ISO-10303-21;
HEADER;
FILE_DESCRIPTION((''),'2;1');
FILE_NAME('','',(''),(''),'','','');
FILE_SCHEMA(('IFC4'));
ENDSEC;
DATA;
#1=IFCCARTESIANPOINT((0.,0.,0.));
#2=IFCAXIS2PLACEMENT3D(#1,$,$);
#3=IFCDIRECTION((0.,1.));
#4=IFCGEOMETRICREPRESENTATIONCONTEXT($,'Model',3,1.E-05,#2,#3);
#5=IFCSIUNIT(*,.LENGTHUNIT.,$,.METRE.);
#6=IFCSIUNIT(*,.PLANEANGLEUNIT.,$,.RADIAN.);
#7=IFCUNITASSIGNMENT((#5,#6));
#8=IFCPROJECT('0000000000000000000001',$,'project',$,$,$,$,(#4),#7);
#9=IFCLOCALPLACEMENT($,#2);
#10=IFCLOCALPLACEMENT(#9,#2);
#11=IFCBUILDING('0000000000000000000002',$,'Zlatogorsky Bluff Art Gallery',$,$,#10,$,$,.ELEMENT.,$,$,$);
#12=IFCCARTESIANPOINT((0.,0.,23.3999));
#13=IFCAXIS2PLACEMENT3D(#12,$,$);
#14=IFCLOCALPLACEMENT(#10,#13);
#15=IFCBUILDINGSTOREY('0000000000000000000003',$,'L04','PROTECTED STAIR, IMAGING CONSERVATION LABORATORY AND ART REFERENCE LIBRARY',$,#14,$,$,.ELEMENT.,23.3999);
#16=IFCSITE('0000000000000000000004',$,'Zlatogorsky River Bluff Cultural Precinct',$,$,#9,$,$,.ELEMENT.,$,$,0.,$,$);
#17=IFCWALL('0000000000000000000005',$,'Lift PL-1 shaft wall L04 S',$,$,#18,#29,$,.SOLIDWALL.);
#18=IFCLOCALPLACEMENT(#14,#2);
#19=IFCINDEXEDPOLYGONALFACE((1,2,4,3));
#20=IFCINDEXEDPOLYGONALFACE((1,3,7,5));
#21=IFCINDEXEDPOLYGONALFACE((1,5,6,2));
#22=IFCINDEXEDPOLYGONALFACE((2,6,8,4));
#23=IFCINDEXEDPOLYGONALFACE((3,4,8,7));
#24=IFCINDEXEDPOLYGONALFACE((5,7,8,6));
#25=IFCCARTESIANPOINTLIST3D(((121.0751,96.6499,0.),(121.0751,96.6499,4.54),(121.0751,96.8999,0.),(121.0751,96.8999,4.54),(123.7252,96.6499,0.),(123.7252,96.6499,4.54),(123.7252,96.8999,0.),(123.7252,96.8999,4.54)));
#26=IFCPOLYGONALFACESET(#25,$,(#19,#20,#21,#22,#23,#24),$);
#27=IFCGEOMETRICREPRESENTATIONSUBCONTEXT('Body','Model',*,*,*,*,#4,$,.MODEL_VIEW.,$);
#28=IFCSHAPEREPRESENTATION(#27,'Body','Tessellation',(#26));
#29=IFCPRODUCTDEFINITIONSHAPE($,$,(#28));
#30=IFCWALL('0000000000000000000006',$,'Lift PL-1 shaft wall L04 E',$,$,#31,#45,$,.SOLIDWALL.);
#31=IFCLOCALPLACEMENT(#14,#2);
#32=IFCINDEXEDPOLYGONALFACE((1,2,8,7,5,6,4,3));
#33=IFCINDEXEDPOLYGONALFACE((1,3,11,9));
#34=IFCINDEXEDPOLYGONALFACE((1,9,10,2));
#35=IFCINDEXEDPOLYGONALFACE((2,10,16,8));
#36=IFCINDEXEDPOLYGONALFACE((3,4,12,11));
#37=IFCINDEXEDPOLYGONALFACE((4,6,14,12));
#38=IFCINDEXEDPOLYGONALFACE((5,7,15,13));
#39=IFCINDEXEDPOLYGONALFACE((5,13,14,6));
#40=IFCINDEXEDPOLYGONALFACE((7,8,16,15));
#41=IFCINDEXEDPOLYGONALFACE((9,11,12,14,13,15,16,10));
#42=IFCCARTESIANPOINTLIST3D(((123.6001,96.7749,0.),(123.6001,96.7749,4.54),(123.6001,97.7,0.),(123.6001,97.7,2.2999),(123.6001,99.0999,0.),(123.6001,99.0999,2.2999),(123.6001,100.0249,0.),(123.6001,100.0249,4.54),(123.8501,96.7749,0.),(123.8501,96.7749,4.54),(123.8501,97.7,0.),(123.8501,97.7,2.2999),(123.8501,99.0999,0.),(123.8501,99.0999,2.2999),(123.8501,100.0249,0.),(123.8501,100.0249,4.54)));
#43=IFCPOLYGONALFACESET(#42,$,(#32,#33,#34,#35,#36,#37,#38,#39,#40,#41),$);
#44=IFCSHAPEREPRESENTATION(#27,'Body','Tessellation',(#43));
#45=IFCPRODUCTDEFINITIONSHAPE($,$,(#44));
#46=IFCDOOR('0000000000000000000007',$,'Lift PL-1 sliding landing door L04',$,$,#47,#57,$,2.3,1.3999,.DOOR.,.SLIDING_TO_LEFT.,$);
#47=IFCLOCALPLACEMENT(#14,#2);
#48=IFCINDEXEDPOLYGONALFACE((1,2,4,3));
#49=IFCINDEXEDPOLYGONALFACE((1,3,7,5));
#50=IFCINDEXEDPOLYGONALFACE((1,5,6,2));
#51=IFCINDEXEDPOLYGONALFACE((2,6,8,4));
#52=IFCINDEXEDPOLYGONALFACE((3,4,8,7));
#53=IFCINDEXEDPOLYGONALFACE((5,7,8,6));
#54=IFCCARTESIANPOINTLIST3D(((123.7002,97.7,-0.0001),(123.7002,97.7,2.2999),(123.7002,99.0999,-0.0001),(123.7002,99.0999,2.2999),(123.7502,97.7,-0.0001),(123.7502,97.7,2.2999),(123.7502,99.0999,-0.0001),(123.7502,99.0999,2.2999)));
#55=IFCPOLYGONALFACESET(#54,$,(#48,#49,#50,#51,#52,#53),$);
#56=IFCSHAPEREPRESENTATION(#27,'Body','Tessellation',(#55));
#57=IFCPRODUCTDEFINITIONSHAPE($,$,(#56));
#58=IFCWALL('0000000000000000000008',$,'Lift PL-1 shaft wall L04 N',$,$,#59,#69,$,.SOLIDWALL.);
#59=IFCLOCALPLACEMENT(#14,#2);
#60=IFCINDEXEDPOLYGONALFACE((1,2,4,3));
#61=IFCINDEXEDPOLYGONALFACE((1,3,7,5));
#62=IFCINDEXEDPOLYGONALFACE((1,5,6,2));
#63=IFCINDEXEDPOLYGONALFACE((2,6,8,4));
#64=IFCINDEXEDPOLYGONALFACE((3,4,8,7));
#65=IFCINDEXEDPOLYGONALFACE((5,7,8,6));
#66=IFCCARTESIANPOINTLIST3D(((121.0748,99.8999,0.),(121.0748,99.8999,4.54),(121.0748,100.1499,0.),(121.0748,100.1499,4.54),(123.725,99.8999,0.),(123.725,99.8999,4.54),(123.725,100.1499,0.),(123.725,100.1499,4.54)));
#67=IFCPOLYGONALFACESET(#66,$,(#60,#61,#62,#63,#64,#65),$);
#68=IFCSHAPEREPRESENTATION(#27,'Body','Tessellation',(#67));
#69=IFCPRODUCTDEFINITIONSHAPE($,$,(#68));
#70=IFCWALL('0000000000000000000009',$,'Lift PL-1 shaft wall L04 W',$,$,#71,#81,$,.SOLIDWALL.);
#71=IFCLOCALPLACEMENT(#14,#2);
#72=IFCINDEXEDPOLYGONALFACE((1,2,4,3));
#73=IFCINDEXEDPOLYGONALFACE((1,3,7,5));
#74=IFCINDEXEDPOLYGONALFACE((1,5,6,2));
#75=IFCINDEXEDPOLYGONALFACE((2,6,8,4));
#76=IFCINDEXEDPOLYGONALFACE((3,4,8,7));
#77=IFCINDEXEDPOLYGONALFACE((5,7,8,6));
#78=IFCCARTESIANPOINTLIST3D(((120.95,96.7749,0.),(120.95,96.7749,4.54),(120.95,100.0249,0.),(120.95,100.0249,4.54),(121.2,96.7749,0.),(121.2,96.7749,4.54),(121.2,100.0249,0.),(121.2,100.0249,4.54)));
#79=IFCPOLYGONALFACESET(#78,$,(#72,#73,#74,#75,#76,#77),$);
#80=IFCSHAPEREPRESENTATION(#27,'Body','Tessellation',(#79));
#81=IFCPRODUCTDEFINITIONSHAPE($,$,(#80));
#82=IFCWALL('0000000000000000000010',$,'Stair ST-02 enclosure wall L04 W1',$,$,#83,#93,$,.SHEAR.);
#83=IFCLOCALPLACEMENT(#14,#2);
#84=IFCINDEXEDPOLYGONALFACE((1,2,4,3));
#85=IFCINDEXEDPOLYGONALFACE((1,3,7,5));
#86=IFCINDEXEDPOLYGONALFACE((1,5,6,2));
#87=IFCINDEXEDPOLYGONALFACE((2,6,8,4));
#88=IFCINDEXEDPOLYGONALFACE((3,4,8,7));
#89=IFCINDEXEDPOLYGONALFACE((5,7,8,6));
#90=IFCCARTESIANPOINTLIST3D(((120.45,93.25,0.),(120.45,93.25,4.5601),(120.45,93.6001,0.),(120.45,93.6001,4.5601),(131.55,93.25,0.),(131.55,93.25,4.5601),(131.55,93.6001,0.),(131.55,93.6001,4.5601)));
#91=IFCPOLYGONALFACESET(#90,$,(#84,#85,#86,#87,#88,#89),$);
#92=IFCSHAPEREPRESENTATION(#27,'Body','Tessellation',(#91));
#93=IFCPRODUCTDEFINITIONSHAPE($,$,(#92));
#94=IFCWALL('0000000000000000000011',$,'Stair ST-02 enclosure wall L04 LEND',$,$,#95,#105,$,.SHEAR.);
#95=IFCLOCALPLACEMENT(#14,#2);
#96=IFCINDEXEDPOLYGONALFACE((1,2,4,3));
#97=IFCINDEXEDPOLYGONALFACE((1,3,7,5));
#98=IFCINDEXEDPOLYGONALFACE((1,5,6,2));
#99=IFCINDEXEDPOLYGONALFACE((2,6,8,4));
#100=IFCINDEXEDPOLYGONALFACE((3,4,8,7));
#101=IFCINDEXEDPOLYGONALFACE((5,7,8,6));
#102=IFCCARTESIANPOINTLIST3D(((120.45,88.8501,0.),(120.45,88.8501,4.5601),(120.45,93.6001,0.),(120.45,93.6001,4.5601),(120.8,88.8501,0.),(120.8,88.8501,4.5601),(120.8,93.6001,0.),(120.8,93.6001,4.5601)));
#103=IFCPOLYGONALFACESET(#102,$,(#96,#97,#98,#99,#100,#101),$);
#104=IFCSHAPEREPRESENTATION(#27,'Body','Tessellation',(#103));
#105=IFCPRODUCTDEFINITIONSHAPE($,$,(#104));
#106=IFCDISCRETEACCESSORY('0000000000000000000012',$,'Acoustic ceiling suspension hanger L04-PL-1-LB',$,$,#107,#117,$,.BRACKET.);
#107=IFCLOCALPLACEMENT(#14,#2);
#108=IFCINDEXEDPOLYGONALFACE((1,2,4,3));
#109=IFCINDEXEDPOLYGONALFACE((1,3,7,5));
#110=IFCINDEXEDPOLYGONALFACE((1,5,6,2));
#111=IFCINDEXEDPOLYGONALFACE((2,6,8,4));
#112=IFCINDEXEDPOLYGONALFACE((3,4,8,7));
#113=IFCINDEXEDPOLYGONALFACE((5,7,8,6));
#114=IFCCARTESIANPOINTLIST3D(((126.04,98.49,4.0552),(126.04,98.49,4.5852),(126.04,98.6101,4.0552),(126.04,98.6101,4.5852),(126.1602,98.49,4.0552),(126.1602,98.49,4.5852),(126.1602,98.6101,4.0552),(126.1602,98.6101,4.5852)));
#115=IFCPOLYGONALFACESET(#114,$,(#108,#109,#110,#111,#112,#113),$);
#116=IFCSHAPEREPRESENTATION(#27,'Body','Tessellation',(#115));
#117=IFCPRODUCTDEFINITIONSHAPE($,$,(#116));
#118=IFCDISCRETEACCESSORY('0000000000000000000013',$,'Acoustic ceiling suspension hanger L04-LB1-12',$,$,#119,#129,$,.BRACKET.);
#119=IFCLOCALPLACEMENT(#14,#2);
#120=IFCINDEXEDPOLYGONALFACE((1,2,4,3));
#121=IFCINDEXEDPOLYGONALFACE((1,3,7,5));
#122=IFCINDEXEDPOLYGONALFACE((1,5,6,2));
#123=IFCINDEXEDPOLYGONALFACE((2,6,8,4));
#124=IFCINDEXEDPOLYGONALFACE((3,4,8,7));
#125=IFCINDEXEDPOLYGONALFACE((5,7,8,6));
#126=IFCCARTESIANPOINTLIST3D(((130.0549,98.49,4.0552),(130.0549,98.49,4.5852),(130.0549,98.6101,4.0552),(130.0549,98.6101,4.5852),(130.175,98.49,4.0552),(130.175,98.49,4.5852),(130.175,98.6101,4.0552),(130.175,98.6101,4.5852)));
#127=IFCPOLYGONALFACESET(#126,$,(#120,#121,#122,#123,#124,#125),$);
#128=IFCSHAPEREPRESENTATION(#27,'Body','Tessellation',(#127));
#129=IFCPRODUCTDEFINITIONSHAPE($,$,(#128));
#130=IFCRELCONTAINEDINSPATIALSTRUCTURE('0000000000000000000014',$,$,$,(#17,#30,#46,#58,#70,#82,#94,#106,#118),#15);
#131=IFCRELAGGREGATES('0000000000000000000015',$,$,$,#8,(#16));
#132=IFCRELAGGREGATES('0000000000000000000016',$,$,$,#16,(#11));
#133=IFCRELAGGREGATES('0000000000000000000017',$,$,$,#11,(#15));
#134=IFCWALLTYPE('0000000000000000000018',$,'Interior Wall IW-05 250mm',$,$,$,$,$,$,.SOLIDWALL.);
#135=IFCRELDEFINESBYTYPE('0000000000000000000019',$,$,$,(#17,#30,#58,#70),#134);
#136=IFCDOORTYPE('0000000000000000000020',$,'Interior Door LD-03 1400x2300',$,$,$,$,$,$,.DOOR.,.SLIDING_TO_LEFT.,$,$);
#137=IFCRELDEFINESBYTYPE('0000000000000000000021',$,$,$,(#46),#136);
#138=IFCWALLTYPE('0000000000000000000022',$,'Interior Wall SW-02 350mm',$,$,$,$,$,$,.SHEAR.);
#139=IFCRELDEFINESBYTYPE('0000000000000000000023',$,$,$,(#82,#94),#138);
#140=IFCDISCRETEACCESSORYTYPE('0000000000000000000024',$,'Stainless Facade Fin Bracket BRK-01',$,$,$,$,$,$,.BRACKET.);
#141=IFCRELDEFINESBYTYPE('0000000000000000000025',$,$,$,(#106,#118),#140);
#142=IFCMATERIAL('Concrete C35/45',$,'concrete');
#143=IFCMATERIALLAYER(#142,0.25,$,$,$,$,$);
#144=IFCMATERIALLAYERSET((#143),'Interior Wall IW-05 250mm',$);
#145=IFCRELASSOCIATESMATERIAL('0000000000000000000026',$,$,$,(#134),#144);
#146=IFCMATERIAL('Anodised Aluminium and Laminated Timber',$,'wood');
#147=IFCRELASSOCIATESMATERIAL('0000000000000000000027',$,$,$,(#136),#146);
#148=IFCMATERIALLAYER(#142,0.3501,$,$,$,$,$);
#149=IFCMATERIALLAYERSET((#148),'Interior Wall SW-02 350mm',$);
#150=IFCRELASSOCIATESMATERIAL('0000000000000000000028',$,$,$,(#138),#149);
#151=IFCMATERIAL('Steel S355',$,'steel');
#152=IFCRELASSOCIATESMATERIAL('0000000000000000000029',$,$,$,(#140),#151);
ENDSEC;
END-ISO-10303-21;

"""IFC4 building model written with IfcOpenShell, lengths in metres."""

from ifc_helpers import new_model, si_unit, direction, frame, frame_2d, origin, origin_2d, place, context, subcontext, project, spatial, rectangle, extrude, material, layer, layer_set, type_object, element, fill, save


model = new_model("IFC4")

# Units and contexts
model_context = context("Model", 3, precision=1e-05, world=origin(), true_north=direction((0.0, 1.0)))
body_context = subcontext(model_context, "Body", "Model", "MODEL_VIEW")
ifc_project = project(units=[si_unit("LENGTHUNIT", "METRE"), si_unit("PLANEANGLEUNIT", "RADIAN")], contexts=[model_context])

# Site, building, storey
site_placement = place(None, origin())
site = spatial("IfcSite", under=ifc_project, at=site_placement, Name="Zlatogorsky River Bluff Cultural Precinct", CompositionType="ELEMENT", RefElevation=0.0)
building_placement = place(site_placement, origin())
building = spatial("IfcBuilding", under=site, at=building_placement, Name="Zlatogorsky Bluff Art Gallery", CompositionType="ELEMENT")
storey_placement = place(building_placement, frame((0.0, 0.0, 23.3999)))
storey = spatial("IfcBuildingStorey", under=building, at=storey_placement, Name="L04", Description="PROTECTED STAIR, IMAGING CONSERVATION LABORATORY AND ART REFERENCE LIBRARY", CompositionType="ELEMENT", Elevation=23.3999)

# Shared definitions
ifc_material_1 = material(Name="Steel S355", Category="steel")

# Shared definitions
ifc_material_2 = material(Name="Anodised Aluminium and Laminated Timber", Category="wood")

# Wall
ifc_material_3 = material(Name="Concrete C35/45", Category="concrete")
ifc_layer_1 = layer(ifc_material_3, 0.25)
ifc_layer_set_1 = layer_set([ifc_layer_1], Name="Interior Wall IW-05 250mm")
wall_type_1 = type_object("IfcWallType", Name="Interior Wall IW-05 250mm", PredefinedType="SOLIDWALL", material=ifc_layer_set_1)
wall_1_placement = place(storey_placement, frame((121.075, 96.7749, 0.0), z_axis=(0.0, 0.0, 1.0), x_axis=(1.0, 0.0, 0.0)))
element("IfcWall", 1, at=wall_1_placement, inside=storey, type_object=wall_type_1, Name="Lift PL-1 shaft wall L04 S", PredefinedType="SOLIDWALL", context=body_context, shape_type="SweptSolid", body=[
    extrude(rectangle(XDim=2.6501, YDim=0.25, at=frame_2d((1.3252, 0.0))), origin(), (0.0, 0.0, 1.0), 4.54),
])

# Wall, opening, door
wall_2_placement = place(storey_placement, frame((123.7251, 96.7749, 0.0), z_axis=(0.0, 0.0, 1.0), x_axis=(0.0, 1.0, 0.0)))
wall_2 = element("IfcWall", 2, at=wall_2_placement, inside=storey, type_object=wall_type_1, Name="Lift PL-1 shaft wall L04 E", PredefinedType="SOLIDWALL", context=body_context, shape_type="SweptSolid", body=[
    extrude(rectangle(XDim=3.25, YDim=0.25, at=frame_2d((1.625, 0.0))), origin(), (0.0, 0.0, 1.0), 4.54),
])
opening_1_placement = place(wall_2_placement, frame((0.925, 0.0, 0.0)))
opening_1 = element("IfcOpeningElement", 3, at=opening_1_placement, cuts=wall_2, PredefinedType="OPENING", context=body_context, shape_type="SweptSolid", body=[
    extrude(rectangle(XDim=1.3999, YDim=2.3, at=frame_2d((0.7, 1.1499))), frame((0.0, 0.135, 0.0), z_axis=(0.0, -1.0, 0.0), x_axis=(1.0, 0.0, 0.0)), (0.0, 0.0, 1.0), 0.27),
])
door_type_1 = type_object("IfcDoorType", Name="Interior Door LD-03 1400x2300", OperationType="SLIDING_TO_LEFT", PredefinedType="DOOR", material=ifc_material_2)
door_1_placement = place(opening_1_placement, origin())
door_1 = element("IfcDoor", 4, at=door_1_placement, inside=storey, type_object=door_type_1, Name="Lift PL-1 sliding landing door L04", OperationType="SLIDING_TO_LEFT", OverallHeight=2.3, OverallWidth=1.3999, PredefinedType="DOOR", context=body_context, shape_type="SweptSolid", body=[
    extrude(rectangle(XDim=1.3999, YDim=2.3, at=frame_2d((0.7, 1.1499))), frame((0.0, 0.0249, 0.0), z_axis=(0.0, -1.0, 0.0), x_axis=(1.0, 0.0, 0.0)), (0.0, 0.0, 1.0), 0.05),
])
fill(opening_1, door_1)

# Walls
wall_3_placement = place(storey_placement, frame((123.7251, 100.0249, 0.0), z_axis=(0.0, 0.0, 1.0), x_axis=(-1.0, 0.0, 0.0)))
element("IfcWall", 5, at=wall_3_placement, inside=storey, type_object=wall_type_1, Name="Lift PL-1 shaft wall L04 N", PredefinedType="SOLIDWALL", context=body_context, shape_type="SweptSolid", body=[
    extrude(rectangle(XDim=2.6501, YDim=0.25, at=frame_2d((1.3252, 0.0))), origin(), (0.0, 0.0, 1.0), 4.54),
])
wall_4_placement = place(storey_placement, frame((121.075, 100.0249, 0.0), z_axis=(0.0, 0.0, 1.0), x_axis=(0.0, -1.0, 0.0)))
element("IfcWall", 6, at=wall_4_placement, inside=storey, type_object=wall_type_1, Name="Lift PL-1 shaft wall L04 W", PredefinedType="SOLIDWALL", context=body_context, shape_type="SweptSolid", body=[
    extrude(rectangle(XDim=3.25, YDim=0.25, at=frame_2d((1.625, 0.0))), origin(), (0.0, 0.0, 1.0), 4.54),
])
ifc_layer_2 = layer(ifc_material_3, 0.3501)
ifc_layer_set_2 = layer_set([ifc_layer_2], Name="Interior Wall SW-02 350mm")
wall_type_2 = type_object("IfcWallType", Name="Interior Wall SW-02 350mm", PredefinedType="SHEAR", material=ifc_layer_set_2)
wall_5_placement = place(storey_placement, frame((131.55, 93.425, 0.0), z_axis=(0.0, 0.0, 1.0), x_axis=(-1.0, 0.0, 0.0)))
element("IfcWall", 7, at=wall_5_placement, inside=storey, type_object=wall_type_2, Name="Stair ST-02 enclosure wall L04 W1", PredefinedType="SHEAR", context=body_context, shape_type="SweptSolid", body=[
    extrude(rectangle(XDim=11.1001, YDim=0.3501, at=frame_2d((5.55, 0.0))), origin(), (0.0, 0.0, 1.0), 4.5601),
])
wall_6_placement = place(storey_placement, frame((120.625, 93.6001, 0.0), z_axis=(0.0, 0.0, 1.0), x_axis=(0.0, -1.0, 0.0)))
element("IfcWall", 8, at=wall_6_placement, inside=storey, type_object=wall_type_2, Name="Stair ST-02 enclosure wall L04 LEND", PredefinedType="SHEAR", context=body_context, shape_type="SweptSolid", body=[
    extrude(rectangle(XDim=4.75, YDim=0.3501, at=frame_2d((2.375, 0.0))), origin(), (0.0, 0.0, 1.0), 4.5601),
])

# Discrete accessories
discrete_accessory_type = type_object("IfcDiscreteAccessoryType", Name="Stainless Facade Fin Bracket BRK-01", PredefinedType="BRACKET", material=ifc_material_1)
for number, where, z_axis, x_axis, name in (
    (9, (126.1001, 98.55, 4.0552), (0.0, 0.0, 1.0), (1.0, 0.0, 0.0), "Acoustic ceiling suspension hanger L04-PL-1-LB"),
    (10, (130.115, 98.55, 4.0552), (0.0, 0.0, 1.0), (1.0, 0.0, 0.0), "Acoustic ceiling suspension hanger L04-LB1-12"),
):
    element("IfcDiscreteAccessory", number, at=place(storey_placement, frame(where, z_axis=z_axis, x_axis=x_axis)), inside=storey, type_object=discrete_accessory_type, Name=name, PredefinedType="BRACKET", context=body_context, shape_type="SweptSolid", body=[
        extrude(rectangle(XDim=0.1201, YDim=0.1201, at=origin_2d()), origin(), (0.0, 0.0, 1.0), 0.53),
    ])

save(model, "model.ifc")
